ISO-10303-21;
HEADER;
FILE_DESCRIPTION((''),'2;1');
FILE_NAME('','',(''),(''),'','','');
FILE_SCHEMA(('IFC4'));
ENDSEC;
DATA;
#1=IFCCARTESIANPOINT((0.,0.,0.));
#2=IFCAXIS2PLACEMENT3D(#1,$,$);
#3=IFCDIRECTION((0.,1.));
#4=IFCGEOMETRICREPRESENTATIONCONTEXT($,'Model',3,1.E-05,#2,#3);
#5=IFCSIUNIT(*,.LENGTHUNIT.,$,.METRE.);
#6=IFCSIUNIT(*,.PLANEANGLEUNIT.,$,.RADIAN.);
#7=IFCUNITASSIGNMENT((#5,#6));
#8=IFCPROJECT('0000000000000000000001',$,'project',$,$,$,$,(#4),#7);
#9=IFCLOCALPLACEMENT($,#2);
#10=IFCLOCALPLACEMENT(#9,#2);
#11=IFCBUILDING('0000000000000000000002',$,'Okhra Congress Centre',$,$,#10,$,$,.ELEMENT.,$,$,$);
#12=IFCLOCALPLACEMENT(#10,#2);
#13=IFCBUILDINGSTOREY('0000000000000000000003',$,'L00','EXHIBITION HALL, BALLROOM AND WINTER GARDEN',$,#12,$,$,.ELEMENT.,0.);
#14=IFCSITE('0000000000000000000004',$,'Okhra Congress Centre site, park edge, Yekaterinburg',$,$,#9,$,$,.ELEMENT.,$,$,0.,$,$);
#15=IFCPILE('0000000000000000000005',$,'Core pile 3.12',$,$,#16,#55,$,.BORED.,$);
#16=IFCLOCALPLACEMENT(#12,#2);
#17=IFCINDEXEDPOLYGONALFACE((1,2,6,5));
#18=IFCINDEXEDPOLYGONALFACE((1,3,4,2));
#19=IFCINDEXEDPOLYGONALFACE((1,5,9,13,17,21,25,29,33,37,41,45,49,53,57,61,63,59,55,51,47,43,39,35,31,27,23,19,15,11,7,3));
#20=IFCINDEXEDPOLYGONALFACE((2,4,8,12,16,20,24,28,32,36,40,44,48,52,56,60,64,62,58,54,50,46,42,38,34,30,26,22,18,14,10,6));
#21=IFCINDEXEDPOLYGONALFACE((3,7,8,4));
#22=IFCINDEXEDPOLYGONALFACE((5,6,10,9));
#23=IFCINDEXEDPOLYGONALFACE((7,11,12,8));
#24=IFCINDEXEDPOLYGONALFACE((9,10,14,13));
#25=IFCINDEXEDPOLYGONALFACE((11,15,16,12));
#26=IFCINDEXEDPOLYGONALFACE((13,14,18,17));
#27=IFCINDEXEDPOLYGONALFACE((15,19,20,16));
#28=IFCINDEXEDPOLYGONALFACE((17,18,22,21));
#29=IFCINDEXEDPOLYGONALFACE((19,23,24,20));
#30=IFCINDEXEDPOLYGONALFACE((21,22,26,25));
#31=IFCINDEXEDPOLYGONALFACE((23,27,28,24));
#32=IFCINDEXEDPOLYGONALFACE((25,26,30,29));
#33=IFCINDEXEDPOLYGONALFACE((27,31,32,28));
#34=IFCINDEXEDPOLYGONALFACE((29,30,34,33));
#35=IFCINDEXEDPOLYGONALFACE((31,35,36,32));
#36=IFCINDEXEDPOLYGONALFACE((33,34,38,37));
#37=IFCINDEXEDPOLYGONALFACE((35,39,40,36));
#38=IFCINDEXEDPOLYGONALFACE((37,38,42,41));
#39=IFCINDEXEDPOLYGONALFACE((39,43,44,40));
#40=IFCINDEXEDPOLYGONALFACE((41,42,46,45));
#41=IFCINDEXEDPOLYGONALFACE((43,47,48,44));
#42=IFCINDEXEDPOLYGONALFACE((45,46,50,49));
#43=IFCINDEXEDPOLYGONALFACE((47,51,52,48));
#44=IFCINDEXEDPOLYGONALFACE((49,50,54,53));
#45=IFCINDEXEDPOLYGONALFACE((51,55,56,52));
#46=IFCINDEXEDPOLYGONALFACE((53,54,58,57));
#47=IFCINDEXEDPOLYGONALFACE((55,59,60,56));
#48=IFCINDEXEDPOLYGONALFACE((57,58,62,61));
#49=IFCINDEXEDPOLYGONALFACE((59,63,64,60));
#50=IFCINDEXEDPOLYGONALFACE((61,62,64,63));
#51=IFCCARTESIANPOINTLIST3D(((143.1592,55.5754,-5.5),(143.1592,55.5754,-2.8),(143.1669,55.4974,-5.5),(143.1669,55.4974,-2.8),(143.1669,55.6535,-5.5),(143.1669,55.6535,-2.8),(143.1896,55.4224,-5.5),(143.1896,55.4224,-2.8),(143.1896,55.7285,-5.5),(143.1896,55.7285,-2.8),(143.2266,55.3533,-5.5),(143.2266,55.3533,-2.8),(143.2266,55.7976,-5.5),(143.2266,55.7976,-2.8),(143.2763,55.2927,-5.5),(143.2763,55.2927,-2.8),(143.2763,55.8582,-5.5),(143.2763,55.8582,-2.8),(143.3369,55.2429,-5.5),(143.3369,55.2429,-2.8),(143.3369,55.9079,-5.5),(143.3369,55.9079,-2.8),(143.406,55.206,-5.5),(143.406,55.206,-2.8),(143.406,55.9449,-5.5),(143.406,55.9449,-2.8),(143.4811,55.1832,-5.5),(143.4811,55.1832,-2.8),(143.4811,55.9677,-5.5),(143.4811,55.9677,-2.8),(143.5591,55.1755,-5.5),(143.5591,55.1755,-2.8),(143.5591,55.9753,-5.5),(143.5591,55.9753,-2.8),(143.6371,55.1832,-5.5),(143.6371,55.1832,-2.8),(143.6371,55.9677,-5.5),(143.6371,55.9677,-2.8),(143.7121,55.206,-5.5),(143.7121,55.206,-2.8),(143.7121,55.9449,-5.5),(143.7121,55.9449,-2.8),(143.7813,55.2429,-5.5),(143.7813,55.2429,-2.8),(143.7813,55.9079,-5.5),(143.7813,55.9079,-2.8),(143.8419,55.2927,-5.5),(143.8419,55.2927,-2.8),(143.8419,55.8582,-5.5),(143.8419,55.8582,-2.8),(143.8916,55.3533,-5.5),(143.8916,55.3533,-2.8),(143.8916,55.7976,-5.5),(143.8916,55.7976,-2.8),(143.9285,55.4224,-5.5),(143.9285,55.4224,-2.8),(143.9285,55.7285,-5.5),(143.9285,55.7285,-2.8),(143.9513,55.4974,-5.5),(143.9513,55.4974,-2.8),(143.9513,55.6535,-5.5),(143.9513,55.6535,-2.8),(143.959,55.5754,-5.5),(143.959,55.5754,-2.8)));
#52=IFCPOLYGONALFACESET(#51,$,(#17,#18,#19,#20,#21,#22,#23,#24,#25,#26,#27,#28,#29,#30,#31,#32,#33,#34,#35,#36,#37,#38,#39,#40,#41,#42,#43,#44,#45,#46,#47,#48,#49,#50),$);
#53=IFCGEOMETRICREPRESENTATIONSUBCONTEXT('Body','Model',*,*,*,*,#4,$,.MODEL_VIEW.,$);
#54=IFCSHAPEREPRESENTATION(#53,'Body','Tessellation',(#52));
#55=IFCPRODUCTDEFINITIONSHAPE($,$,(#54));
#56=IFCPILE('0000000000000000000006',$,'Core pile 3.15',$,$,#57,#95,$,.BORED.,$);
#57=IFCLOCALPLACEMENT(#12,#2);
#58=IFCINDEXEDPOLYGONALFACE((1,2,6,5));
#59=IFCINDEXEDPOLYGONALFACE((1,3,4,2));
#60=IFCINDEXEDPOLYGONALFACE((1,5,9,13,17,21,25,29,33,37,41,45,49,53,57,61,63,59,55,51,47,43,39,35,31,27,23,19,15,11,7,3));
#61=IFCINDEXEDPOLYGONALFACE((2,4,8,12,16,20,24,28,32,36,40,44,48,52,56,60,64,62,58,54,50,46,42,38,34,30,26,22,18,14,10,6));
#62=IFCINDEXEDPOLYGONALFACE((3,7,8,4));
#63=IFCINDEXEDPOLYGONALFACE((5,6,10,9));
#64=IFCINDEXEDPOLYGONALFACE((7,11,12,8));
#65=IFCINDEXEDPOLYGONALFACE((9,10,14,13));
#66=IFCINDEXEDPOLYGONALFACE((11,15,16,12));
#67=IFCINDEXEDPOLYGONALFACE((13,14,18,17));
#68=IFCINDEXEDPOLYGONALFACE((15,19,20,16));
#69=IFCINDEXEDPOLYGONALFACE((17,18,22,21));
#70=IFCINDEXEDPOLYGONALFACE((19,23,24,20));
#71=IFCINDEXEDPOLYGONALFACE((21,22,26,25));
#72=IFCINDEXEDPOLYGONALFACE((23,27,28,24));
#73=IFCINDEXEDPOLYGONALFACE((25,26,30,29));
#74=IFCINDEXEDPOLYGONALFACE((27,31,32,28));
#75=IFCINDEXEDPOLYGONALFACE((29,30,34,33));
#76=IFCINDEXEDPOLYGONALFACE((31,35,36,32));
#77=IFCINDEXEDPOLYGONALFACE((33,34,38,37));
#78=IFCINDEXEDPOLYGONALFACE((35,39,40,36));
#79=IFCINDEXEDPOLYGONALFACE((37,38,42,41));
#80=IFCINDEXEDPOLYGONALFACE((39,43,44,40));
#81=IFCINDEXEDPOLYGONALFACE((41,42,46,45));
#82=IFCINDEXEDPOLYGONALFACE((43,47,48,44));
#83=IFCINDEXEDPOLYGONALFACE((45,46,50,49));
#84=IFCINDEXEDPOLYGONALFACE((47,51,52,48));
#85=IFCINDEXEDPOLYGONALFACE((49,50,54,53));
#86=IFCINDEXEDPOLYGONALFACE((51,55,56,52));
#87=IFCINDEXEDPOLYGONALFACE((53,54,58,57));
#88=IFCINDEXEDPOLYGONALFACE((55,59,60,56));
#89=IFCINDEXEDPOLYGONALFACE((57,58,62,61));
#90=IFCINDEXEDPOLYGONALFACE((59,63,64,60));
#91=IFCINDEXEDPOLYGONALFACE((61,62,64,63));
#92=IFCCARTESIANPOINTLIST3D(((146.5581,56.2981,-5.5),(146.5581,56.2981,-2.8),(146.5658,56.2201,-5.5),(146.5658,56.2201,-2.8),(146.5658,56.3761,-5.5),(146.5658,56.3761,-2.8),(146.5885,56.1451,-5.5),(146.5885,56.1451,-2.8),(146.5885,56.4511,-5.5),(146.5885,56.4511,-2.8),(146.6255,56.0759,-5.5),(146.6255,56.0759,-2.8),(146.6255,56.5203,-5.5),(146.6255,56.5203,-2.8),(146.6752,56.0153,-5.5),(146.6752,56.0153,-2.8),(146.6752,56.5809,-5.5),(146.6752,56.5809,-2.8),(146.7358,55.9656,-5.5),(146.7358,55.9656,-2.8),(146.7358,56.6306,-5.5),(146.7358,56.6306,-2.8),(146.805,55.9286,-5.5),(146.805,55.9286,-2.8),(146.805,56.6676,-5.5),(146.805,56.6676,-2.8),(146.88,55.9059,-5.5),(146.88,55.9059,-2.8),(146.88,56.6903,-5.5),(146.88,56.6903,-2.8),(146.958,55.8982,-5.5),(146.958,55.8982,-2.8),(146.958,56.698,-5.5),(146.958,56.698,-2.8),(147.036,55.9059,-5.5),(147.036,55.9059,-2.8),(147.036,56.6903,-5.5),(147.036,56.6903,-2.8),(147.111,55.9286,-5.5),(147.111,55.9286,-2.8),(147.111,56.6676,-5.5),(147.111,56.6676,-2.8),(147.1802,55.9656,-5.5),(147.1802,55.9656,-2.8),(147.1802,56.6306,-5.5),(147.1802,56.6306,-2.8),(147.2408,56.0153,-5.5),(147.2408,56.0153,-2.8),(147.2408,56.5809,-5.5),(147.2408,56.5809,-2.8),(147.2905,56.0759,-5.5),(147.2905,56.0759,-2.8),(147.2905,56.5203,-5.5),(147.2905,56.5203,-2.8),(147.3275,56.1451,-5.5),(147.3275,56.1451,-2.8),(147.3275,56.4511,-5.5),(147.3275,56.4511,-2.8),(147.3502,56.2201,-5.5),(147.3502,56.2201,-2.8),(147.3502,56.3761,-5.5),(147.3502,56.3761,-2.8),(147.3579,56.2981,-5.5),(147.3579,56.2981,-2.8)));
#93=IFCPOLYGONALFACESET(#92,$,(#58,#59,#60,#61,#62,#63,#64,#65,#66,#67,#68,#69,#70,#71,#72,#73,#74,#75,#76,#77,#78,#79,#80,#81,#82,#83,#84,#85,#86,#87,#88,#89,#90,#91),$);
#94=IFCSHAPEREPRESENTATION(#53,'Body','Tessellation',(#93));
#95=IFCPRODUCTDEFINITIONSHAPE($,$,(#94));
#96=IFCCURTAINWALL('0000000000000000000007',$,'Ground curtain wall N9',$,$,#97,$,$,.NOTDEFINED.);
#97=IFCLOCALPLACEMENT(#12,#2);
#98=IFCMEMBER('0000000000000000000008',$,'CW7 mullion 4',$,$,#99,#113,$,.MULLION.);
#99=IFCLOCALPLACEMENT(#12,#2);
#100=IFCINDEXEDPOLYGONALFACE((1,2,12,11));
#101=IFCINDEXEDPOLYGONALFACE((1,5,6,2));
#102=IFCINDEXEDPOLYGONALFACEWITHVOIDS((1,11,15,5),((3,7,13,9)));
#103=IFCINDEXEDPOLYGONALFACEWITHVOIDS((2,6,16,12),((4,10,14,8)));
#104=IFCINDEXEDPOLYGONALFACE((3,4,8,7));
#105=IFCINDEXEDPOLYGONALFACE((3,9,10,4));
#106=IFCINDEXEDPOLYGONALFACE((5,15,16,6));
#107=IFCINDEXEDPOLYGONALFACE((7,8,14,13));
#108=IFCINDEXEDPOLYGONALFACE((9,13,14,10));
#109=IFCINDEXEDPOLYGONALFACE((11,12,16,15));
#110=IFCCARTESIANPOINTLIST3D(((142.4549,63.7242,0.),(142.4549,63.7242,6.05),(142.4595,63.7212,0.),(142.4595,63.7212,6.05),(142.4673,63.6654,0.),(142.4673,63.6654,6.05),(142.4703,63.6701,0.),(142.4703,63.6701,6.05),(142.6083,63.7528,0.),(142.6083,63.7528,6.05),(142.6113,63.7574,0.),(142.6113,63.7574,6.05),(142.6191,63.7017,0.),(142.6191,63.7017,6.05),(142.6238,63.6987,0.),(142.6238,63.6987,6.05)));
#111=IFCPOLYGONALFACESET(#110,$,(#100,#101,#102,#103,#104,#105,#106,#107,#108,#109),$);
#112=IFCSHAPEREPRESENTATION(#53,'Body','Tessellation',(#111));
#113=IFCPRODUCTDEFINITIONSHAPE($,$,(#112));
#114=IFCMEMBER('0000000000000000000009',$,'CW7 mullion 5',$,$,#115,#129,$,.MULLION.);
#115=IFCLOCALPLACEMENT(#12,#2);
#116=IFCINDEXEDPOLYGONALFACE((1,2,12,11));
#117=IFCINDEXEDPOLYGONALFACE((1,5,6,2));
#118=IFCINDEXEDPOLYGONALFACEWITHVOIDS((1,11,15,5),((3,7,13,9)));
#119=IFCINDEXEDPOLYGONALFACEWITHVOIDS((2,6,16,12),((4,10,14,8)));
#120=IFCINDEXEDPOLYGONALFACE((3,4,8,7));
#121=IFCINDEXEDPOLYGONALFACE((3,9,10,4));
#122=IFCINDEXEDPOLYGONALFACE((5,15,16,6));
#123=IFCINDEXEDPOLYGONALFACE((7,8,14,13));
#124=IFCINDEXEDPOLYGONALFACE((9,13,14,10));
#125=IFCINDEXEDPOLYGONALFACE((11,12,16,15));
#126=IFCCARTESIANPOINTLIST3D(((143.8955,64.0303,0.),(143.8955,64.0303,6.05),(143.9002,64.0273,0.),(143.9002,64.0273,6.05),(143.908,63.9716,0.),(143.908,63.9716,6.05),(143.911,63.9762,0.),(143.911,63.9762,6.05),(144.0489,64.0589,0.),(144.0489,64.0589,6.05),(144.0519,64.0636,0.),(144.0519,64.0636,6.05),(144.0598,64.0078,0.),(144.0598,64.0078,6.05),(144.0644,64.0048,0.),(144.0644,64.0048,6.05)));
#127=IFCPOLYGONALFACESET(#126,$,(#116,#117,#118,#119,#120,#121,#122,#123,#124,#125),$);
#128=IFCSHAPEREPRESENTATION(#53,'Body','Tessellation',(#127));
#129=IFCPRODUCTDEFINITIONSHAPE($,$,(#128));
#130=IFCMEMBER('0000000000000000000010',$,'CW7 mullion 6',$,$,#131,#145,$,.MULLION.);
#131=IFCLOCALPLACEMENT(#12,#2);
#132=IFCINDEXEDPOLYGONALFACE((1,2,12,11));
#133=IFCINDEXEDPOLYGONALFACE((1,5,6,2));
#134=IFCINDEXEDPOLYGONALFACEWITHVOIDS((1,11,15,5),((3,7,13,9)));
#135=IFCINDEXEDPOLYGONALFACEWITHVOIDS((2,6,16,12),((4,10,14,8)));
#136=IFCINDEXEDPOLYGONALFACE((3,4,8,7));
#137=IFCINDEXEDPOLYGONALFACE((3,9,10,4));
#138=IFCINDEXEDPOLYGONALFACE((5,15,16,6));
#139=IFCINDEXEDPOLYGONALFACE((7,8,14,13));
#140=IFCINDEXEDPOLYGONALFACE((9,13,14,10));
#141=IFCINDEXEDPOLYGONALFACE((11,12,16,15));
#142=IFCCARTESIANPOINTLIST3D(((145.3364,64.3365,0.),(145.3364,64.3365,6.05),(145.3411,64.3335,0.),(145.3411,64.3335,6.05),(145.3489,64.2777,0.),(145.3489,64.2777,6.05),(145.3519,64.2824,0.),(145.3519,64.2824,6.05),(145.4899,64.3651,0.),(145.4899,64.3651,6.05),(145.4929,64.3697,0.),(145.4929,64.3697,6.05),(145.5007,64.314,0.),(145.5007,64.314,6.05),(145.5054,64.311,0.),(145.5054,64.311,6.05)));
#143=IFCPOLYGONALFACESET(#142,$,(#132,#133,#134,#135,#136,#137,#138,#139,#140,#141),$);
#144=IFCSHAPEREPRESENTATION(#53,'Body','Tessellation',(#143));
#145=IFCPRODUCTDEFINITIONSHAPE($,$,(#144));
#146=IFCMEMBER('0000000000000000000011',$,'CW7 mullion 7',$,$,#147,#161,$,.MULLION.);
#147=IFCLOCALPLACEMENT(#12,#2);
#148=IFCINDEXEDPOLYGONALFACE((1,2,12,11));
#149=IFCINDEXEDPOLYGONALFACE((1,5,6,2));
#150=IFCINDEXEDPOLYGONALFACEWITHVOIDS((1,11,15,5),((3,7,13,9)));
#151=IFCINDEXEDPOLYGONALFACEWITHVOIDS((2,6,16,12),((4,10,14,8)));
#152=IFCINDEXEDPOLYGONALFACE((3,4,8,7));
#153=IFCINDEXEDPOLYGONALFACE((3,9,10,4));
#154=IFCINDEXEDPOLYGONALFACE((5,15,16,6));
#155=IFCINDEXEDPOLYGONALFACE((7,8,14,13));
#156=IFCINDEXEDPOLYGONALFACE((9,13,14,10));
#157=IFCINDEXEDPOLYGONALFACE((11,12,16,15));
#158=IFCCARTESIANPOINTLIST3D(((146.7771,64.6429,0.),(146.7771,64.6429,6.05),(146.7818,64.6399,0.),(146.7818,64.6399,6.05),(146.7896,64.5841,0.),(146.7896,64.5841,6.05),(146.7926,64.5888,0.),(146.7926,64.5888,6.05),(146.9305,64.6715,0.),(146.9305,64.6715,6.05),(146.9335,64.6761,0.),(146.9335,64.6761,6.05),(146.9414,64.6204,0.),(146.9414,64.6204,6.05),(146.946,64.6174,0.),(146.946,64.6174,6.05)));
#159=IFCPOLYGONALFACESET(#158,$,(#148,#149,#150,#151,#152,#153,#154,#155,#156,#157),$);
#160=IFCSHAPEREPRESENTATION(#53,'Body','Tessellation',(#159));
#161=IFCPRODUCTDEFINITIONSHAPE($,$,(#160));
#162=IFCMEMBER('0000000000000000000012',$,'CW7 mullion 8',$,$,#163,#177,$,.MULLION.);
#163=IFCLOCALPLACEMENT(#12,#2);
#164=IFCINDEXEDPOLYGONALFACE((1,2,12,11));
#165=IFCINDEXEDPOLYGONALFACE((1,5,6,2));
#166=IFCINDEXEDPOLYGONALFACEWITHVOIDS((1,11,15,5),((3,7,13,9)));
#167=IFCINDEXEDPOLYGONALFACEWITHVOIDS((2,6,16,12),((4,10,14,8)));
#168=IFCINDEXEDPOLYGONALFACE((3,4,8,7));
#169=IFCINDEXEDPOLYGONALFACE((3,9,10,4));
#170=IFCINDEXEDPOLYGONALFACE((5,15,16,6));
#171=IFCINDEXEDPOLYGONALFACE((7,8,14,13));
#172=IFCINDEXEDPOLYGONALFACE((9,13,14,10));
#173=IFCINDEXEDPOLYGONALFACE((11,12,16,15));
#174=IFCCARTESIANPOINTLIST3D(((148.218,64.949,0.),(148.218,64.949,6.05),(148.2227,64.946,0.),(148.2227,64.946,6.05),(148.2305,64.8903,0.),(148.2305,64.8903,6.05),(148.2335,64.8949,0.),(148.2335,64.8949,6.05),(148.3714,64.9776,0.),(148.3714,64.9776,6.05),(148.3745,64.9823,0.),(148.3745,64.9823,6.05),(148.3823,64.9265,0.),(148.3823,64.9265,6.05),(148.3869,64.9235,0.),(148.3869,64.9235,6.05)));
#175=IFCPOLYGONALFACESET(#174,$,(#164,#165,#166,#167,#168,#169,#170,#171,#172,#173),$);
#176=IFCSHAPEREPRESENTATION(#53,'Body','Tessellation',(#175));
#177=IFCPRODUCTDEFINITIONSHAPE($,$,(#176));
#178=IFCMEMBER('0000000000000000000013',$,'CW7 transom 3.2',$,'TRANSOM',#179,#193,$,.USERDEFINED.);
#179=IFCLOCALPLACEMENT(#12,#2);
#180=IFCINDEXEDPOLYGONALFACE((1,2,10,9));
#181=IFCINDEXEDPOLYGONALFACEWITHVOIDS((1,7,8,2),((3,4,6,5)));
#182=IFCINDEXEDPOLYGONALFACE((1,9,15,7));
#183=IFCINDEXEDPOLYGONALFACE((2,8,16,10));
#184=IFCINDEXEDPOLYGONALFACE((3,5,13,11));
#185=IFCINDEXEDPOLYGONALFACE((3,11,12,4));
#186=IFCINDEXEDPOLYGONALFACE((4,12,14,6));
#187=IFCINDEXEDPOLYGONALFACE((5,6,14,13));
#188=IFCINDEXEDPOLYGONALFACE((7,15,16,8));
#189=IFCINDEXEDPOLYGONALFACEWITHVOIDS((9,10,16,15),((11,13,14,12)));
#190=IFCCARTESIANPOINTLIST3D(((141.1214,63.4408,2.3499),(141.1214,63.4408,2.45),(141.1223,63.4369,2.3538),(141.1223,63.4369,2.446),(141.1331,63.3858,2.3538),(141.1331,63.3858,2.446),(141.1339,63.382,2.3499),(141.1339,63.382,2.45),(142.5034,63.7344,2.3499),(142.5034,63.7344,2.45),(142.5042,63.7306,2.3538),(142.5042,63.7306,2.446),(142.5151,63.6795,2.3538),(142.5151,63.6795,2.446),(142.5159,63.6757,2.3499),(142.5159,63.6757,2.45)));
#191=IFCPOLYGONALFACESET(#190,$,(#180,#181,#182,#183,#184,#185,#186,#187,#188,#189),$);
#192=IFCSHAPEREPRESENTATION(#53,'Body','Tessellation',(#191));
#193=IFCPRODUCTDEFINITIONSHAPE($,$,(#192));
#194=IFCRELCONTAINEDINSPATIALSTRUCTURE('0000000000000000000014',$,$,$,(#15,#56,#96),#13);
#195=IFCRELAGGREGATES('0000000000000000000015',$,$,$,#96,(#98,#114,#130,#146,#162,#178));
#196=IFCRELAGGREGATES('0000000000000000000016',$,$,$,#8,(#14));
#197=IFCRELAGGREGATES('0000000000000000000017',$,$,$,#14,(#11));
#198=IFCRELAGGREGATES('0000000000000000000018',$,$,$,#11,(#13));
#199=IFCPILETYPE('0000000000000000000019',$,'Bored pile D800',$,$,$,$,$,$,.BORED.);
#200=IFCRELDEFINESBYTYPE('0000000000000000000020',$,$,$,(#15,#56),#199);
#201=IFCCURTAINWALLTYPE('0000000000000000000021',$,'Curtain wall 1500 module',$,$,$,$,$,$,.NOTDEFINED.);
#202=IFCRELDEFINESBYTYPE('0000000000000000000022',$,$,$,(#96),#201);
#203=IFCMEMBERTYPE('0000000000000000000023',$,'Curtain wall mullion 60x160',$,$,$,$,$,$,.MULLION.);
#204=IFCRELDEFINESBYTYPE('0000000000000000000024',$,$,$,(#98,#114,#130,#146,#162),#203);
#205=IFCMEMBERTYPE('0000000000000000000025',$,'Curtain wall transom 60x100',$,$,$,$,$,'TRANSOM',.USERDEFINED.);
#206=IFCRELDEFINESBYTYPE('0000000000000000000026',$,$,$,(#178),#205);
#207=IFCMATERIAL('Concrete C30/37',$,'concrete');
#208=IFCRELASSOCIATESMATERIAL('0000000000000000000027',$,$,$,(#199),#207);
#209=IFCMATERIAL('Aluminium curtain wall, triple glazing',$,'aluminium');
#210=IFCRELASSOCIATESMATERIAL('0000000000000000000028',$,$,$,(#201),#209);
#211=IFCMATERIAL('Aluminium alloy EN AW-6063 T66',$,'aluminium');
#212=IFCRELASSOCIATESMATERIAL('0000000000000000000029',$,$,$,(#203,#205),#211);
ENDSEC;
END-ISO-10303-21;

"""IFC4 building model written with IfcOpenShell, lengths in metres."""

from ifc_helpers import new_model, si_unit, direction, frame, origin, origin_2d, place, context, subcontext, project, spatial, hollow_rectangle, circle, extrude, material, material_profile, profile_set, type_object, element, aggregate, save


model = new_model("IFC4")

# Units and contexts
model_context = context("Model", 3, precision=1e-05, world=origin(), true_north=direction((0.0, 1.0)))
body_context = subcontext(model_context, "Body", "Model", "MODEL_VIEW")
ifc_project = project(units=[si_unit("LENGTHUNIT", "METRE"), si_unit("PLANEANGLEUNIT", "RADIAN")], contexts=[model_context])

# Site, building, storey
site_placement = place(None, origin())
site = spatial("IfcSite", under=ifc_project, at=site_placement, Name="Okhra Congress Centre site, park edge, Yekaterinburg", CompositionType="ELEMENT", RefElevation=0.0)
building_placement = place(site_placement, origin())
building = spatial("IfcBuilding", under=site, at=building_placement, Name="Okhra Congress Centre", CompositionType="ELEMENT")
storey_placement = place(building_placement, origin())
storey = spatial("IfcBuildingStorey", under=building, at=storey_placement, Name="L00", Description="EXHIBITION HALL, BALLROOM AND WINTER GARDEN", CompositionType="ELEMENT", Elevation=0.0)

# Piles
ifc_material_1 = material(Name="Concrete C30/37", Category="concrete")
ifc_material_profile_1 = material_profile(ifc_material_1, circle(Radius=0.3999, at=origin_2d()), Name="D800")
ifc_profile_set_1 = profile_set([ifc_material_profile_1], Name="Concrete C30/37")
pile_type = type_object("IfcPileType", Name="Bored pile D800", PredefinedType="BORED", material=ifc_profile_set_1)
for number, where, z_axis, x_axis, name in (
    (1, (143.5591, 55.5754, -2.8), (0.0, 0.0, -1.0), (1.0, 0.0, 0.0), "Core pile 3.12"),
    (2, (146.958, 56.2981, -2.8), (0.0, 0.0, -1.0), (1.0, 0.0, 0.0), "Core pile 3.15"),
):
    element("IfcPile", number, at=place(storey_placement, frame(where, z_axis=z_axis, x_axis=x_axis)), inside=storey, type_object=pile_type, Name=name, PredefinedType="BORED", context=body_context, shape_type="SweptSolid", body=[
        extrude(circle(Radius=0.3999, at=origin_2d()), origin(), (0.0, 0.0, 1.0), 2.7),
    ])

# Curtain wall, members
ifc_material_2 = material(Name="Aluminium curtain wall, triple glazing", Category="aluminium")
curtain_wall_type = type_object("IfcCurtainWallType", Name="Curtain wall 1500 module", PredefinedType="NOTDEFINED", material=ifc_material_2)
curtain_wall_placement = place(storey_placement, origin())
curtain_wall = element("IfcCurtainWall", 3, at=curtain_wall_placement, inside=storey, type_object=curtain_wall_type, Name="Ground curtain wall N9", PredefinedType="NOTDEFINED")
ifc_material_3 = material(Name="Aluminium alloy EN AW-6063 T66", Category="aluminium")
ifc_material_profile_2 = material_profile(ifc_material_3, hollow_rectangle(XDim=0.0601, YDim=0.1599, WallThickness=0.0039, at=origin_2d()), Name="RHS 60x160x4")
ifc_profile_set_2 = profile_set([ifc_material_profile_2], Name="Aluminium alloy EN AW-6063 T66")
member_type_1 = type_object("IfcMemberType", Name="Curtain wall mullion 60x160", PredefinedType="MULLION", material=ifc_profile_set_2)
member_1_placement = place(storey_placement, frame((142.5393, 63.7114, 0.0), z_axis=(0.0, 0.0, 1.0), x_axis=(-0.207912, 0.978148, 0.0)))
member_1 = element("IfcMember", 4, at=member_1_placement, type_object=member_type_1, Name="CW7 mullion 4", PredefinedType="MULLION", context=body_context, shape_type="SweptSolid", body=[
    extrude(hollow_rectangle(XDim=0.0601, YDim=0.1599, WallThickness=0.0039, at=origin_2d()), origin(), (0.0, 0.0, 1.0), 6.05),
])
member_2_placement = place(storey_placement, frame((143.98, 64.0176, 0.0), z_axis=(0.0, 0.0, 1.0), x_axis=(-0.207912, 0.978148, 0.0)))
member_2 = element("IfcMember", 5, at=member_2_placement, type_object=member_type_1, Name="CW7 mullion 5", PredefinedType="MULLION", context=body_context, shape_type="SweptSolid", body=[
    extrude(hollow_rectangle(XDim=0.0601, YDim=0.1599, WallThickness=0.0039, at=origin_2d()), origin(), (0.0, 0.0, 1.0), 6.05),
])
member_3_placement = place(storey_placement, frame((145.4209, 64.3237, 0.0), z_axis=(0.0, 0.0, 1.0), x_axis=(-0.207912, 0.978148, 0.0)))
member_3 = element("IfcMember", 6, at=member_3_placement, type_object=member_type_1, Name="CW7 mullion 6", PredefinedType="MULLION", context=body_context, shape_type="SweptSolid", body=[
    extrude(hollow_rectangle(XDim=0.0601, YDim=0.1599, WallThickness=0.0039, at=origin_2d()), origin(), (0.0, 0.0, 1.0), 6.05),
])
member_4_placement = place(storey_placement, frame((146.8616, 64.6301, 0.0), z_axis=(0.0, 0.0, 1.0), x_axis=(-0.207912, 0.978148, 0.0)))
member_4 = element("IfcMember", 7, at=member_4_placement, type_object=member_type_1, Name="CW7 mullion 7", PredefinedType="MULLION", context=body_context, shape_type="SweptSolid", body=[
    extrude(hollow_rectangle(XDim=0.0601, YDim=0.1599, WallThickness=0.0039, at=origin_2d()), origin(), (0.0, 0.0, 1.0), 6.05),
])
member_5_placement = place(storey_placement, frame((148.3025, 64.9363, 0.0), z_axis=(0.0, 0.0, 1.0), x_axis=(-0.207912, 0.978148, 0.0)))
member_5 = element("IfcMember", 8, at=member_5_placement, type_object=member_type_1, Name="CW7 mullion 8", PredefinedType="MULLION", context=body_context, shape_type="SweptSolid", body=[
    extrude(hollow_rectangle(XDim=0.0601, YDim=0.1599, WallThickness=0.0039, at=origin_2d()), origin(), (0.0, 0.0, 1.0), 6.05),
])
ifc_material_profile_3 = material_profile(ifc_material_3, hollow_rectangle(XDim=0.0601, YDim=0.1001, WallThickness=0.0039, at=origin_2d()), Name="RHS 60x100x4")
ifc_profile_set_3 = profile_set([ifc_material_profile_3], Name="Aluminium alloy EN AW-6063 T66")
member_type_2 = type_object("IfcMemberType", Name="Curtain wall transom 60x100", ElementType="TRANSOM", PredefinedType="USERDEFINED", material=ifc_profile_set_3)
member_6_placement = place(storey_placement, frame((141.1277, 63.4114, 2.3999), z_axis=(0.978158, 0.207865, 0.0), x_axis=(-0.207865, 0.978158, 0.0)))
member_6 = element("IfcMember", 9, at=member_6_placement, type_object=member_type_2, Name="CW7 transom 3.2", ObjectType="TRANSOM", PredefinedType="USERDEFINED", context=body_context, shape_type="SweptSolid", body=[
    extrude(hollow_rectangle(XDim=0.0601, YDim=0.1001, WallThickness=0.0039, at=origin_2d()), origin(), (0.0, 0.0, 1.0), 1.4128),
])
aggregate(curtain_wall, [member_1, member_2, member_3, member_4, member_5, member_6])

save(model, "model.ifc")
